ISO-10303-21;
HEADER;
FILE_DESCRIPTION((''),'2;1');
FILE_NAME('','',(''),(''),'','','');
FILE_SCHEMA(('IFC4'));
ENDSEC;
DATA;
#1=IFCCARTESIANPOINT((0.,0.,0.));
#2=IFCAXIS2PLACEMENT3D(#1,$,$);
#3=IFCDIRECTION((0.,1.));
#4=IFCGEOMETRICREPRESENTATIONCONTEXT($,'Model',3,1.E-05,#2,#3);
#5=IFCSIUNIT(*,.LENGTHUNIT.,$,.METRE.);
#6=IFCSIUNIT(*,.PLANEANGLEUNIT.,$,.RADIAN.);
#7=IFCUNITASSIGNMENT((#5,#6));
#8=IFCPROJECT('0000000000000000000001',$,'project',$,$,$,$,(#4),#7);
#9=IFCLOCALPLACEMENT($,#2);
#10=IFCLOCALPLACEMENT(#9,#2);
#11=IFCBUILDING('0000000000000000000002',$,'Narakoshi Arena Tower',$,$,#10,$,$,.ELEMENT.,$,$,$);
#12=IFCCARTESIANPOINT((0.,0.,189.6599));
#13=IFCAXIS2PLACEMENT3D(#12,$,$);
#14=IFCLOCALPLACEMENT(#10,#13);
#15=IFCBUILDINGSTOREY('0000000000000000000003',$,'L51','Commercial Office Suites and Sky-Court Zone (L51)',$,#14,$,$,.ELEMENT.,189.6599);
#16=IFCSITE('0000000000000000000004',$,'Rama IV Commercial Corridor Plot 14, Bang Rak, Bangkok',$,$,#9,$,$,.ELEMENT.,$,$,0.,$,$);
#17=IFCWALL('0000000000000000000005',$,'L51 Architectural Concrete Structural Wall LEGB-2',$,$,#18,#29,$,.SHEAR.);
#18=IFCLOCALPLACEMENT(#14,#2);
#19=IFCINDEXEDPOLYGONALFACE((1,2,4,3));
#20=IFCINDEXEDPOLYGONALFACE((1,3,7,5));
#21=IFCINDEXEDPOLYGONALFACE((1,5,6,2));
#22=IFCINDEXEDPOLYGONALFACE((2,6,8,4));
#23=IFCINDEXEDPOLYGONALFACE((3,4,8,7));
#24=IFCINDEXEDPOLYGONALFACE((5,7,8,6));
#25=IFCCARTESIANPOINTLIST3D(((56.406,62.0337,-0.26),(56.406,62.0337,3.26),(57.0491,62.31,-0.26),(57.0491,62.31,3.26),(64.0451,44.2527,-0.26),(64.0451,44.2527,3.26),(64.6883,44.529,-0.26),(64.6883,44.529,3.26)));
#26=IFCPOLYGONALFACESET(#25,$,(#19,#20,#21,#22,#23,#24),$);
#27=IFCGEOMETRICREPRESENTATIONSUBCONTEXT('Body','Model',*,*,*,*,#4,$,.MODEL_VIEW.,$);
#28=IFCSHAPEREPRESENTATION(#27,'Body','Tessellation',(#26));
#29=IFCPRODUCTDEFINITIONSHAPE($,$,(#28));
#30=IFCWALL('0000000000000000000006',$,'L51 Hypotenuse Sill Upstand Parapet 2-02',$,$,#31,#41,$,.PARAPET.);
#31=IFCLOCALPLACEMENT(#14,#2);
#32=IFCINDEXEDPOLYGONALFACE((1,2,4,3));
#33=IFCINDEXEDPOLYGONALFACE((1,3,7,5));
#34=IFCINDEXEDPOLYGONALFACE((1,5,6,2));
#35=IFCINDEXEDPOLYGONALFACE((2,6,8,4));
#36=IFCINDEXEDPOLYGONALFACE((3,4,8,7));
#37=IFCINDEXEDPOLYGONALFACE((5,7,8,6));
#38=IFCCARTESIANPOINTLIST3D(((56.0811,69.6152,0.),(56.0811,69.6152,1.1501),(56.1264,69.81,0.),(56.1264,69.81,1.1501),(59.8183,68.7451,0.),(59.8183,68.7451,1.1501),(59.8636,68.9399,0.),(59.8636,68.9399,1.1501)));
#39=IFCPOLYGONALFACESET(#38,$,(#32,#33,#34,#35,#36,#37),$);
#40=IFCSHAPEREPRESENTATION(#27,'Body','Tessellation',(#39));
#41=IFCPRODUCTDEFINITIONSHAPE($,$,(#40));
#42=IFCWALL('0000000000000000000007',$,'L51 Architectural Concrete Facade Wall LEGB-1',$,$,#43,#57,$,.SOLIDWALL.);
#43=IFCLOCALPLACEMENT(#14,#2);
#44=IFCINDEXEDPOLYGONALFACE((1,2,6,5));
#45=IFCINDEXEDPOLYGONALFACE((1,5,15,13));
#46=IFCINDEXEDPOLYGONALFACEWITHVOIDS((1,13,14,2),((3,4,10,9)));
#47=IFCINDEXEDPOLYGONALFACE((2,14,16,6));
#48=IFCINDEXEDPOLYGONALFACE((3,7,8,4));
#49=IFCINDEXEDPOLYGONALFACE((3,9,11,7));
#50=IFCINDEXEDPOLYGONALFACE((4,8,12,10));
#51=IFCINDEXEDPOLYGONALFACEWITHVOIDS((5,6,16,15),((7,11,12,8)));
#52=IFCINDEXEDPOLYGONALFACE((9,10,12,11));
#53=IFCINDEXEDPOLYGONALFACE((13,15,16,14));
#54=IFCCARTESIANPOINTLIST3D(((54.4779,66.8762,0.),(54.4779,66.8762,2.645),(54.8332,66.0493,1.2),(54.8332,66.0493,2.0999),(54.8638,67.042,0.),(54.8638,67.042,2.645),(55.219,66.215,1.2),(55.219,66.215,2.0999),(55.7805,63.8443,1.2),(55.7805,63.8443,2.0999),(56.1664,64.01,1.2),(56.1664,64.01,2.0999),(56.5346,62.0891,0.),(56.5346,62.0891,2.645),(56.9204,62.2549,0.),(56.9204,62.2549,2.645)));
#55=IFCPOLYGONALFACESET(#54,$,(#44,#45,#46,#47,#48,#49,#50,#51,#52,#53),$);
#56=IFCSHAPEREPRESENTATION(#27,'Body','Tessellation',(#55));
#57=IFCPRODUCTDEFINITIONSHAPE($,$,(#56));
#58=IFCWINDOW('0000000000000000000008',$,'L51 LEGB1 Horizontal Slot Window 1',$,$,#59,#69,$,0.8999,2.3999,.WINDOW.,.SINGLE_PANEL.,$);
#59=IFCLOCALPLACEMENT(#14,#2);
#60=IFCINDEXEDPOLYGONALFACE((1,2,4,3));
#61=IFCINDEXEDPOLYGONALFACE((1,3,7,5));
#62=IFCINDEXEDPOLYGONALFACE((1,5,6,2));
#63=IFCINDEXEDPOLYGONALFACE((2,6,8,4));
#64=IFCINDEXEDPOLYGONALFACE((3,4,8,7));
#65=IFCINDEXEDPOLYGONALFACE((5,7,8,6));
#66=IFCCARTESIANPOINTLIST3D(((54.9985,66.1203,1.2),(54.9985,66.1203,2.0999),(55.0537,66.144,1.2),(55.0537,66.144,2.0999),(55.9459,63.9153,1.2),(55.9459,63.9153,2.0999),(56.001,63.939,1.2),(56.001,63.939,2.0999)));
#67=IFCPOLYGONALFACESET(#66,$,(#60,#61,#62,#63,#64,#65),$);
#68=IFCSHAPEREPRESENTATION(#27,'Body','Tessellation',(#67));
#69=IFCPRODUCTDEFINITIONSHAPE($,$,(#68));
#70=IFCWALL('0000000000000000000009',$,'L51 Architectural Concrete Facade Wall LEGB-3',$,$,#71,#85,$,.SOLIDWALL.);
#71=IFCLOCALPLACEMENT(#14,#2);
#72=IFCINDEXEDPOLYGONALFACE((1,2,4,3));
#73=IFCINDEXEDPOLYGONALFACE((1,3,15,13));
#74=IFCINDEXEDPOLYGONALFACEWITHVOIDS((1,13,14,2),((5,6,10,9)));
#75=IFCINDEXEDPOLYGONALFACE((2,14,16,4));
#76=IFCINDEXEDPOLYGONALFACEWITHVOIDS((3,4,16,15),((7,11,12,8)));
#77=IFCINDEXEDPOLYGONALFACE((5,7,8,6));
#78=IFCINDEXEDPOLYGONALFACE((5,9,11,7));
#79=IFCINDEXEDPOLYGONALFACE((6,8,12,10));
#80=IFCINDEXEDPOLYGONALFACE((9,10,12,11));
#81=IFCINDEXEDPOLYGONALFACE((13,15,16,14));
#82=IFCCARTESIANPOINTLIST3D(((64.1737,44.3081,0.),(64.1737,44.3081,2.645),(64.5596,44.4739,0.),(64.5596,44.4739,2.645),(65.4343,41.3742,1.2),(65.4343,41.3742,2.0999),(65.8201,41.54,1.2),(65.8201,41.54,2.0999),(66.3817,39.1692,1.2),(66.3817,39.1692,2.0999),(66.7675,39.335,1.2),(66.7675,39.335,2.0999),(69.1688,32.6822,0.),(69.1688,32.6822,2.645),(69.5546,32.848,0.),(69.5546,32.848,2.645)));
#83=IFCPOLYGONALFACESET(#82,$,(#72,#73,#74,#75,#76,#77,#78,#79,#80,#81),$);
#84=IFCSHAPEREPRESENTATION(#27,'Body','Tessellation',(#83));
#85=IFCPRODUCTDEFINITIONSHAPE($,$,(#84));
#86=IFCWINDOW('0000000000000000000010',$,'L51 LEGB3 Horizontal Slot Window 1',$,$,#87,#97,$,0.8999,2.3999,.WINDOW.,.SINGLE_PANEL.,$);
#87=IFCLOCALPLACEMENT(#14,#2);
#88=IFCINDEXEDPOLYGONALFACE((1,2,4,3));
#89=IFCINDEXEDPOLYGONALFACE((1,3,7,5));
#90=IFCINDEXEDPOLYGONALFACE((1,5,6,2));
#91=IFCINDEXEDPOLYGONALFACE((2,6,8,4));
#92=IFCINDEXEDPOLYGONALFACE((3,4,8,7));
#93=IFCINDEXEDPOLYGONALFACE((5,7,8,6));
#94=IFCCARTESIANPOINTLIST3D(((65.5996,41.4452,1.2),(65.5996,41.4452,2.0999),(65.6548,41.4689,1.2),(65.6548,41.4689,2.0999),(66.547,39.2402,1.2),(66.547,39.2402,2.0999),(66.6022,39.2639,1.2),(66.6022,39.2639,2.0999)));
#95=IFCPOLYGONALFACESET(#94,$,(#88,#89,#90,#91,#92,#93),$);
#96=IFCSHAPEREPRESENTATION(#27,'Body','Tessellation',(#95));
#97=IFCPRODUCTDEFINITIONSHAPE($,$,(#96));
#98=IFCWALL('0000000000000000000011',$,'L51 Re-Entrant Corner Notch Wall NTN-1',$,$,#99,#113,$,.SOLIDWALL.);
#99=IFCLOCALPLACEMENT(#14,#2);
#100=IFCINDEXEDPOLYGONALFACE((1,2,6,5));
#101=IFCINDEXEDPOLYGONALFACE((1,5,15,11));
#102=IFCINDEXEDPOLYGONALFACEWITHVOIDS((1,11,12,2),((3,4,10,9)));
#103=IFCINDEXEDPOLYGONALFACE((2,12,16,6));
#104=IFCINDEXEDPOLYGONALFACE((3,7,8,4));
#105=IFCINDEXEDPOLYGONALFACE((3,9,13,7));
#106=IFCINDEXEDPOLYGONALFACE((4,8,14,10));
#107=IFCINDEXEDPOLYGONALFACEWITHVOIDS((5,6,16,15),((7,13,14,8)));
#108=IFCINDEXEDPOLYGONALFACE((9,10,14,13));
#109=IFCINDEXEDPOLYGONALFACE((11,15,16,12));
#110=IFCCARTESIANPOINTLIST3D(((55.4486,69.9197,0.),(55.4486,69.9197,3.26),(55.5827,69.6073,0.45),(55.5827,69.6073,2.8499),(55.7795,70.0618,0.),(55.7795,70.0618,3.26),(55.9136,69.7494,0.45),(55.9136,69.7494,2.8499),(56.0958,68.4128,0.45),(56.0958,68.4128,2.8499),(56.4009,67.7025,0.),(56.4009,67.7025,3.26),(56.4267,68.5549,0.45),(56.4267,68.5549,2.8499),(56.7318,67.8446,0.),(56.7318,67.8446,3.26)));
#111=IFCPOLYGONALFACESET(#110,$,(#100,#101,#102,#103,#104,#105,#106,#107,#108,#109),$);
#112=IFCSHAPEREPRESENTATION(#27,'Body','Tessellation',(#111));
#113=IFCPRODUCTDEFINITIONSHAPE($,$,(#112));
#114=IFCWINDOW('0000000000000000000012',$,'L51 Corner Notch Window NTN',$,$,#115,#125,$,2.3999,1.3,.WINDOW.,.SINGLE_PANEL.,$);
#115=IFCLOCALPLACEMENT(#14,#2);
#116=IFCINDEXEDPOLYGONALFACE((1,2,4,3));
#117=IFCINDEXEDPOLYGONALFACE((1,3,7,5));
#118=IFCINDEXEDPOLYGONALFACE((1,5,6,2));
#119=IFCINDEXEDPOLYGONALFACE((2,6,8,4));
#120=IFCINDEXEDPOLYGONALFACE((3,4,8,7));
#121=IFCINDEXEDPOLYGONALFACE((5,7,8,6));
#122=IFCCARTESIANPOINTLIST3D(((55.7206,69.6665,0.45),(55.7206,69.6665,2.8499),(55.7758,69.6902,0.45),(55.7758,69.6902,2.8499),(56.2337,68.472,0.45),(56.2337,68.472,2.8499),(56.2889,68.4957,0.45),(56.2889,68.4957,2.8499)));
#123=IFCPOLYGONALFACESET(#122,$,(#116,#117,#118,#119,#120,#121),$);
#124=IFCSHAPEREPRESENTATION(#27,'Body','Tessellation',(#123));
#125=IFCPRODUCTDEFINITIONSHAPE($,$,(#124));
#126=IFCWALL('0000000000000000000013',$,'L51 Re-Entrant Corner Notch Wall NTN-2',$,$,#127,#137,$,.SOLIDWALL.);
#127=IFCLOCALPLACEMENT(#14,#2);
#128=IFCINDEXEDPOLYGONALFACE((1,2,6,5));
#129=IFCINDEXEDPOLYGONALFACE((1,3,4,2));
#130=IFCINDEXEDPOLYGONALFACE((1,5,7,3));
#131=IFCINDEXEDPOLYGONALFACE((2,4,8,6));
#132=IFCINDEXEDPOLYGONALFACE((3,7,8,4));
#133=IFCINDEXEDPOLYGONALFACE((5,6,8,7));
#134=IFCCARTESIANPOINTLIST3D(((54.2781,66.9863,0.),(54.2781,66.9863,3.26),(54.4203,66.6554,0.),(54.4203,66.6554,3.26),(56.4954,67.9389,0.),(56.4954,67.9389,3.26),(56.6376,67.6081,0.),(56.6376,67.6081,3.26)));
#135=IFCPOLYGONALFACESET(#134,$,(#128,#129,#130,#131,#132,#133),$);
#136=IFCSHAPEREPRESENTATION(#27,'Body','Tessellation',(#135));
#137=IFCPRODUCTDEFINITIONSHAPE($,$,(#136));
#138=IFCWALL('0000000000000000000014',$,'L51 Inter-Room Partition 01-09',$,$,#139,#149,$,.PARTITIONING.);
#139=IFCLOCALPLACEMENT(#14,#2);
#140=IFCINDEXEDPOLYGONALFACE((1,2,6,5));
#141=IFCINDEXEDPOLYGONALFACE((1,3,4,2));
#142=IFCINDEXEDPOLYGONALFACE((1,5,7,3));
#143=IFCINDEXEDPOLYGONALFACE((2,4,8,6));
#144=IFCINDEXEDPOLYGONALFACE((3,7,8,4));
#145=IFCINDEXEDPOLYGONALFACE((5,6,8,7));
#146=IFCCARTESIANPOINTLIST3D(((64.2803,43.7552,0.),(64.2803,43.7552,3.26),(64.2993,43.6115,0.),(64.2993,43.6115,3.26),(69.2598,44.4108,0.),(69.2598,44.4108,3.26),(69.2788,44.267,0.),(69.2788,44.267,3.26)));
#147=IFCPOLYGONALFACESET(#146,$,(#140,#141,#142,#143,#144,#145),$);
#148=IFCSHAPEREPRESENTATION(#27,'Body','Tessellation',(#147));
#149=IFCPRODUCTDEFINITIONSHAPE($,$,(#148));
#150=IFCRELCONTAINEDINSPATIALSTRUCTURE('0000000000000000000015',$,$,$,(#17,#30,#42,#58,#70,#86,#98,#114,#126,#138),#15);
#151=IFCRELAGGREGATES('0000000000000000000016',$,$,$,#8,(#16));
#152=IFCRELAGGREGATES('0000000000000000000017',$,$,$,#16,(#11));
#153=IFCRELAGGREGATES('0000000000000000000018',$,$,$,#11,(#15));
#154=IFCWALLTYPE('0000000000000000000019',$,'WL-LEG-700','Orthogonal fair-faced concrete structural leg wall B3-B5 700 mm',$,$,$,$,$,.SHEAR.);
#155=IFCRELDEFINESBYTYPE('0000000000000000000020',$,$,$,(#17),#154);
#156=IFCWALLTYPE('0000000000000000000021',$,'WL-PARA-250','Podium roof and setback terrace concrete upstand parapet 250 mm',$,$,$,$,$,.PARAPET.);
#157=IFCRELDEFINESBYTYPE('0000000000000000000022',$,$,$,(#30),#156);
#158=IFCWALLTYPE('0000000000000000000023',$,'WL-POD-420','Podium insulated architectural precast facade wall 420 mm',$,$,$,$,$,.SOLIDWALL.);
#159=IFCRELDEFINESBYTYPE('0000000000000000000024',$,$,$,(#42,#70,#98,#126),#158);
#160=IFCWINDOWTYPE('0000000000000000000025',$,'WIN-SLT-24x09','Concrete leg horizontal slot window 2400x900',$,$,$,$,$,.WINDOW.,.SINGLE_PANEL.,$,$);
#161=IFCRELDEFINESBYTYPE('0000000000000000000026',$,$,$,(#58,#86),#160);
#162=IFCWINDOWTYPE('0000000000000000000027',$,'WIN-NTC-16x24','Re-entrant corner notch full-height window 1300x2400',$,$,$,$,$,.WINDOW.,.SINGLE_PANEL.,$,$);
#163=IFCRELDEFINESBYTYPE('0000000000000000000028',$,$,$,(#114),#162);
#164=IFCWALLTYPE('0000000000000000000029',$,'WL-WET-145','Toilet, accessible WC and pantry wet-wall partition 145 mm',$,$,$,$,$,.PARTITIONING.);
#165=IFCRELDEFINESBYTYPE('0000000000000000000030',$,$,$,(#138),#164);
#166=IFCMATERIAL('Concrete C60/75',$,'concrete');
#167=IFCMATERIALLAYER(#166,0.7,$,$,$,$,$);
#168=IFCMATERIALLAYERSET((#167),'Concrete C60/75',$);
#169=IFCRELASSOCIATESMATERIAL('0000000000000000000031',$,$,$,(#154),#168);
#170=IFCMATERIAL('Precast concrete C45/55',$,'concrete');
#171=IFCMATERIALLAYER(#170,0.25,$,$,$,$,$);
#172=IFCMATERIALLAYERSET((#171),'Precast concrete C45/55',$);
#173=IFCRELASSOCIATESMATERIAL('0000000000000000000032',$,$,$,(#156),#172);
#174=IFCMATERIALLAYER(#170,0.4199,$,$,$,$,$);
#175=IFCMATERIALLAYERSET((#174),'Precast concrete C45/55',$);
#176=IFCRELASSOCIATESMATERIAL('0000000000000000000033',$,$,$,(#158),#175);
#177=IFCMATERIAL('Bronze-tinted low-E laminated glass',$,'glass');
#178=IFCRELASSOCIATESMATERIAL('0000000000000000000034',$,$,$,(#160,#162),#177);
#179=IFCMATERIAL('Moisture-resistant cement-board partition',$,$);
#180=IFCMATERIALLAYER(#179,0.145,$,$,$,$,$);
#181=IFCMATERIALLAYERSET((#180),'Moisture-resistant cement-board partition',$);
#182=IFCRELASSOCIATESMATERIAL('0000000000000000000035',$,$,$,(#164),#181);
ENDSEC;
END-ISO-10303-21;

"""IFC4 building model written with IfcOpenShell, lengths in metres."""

from ifc_helpers import new_model, si_unit, direction, frame, frame_2d, origin, place, context, subcontext, project, spatial, rectangle, extrude, material, layer, layer_set, type_object, element, fill, save


model = new_model("IFC4")

# Units and contexts
model_context = context("Model", 3, precision=1e-05, world=origin(), true_north=direction((0.0, 1.0)))
body_context = subcontext(model_context, "Body", "Model", "MODEL_VIEW")
ifc_project = project(units=[si_unit("LENGTHUNIT", "METRE"), si_unit("PLANEANGLEUNIT", "RADIAN")], contexts=[model_context])

# Site, building, storey
site_placement = place(None, origin())
site = spatial("IfcSite", under=ifc_project, at=site_placement, Name="Rama IV Commercial Corridor Plot 14, Bang Rak, Bangkok", CompositionType="ELEMENT", RefElevation=0.0)
building_placement = place(site_placement, origin())
building = spatial("IfcBuilding", under=site, at=building_placement, Name="Narakoshi Arena Tower", CompositionType="ELEMENT")
storey_placement = place(building_placement, frame((0.0, 0.0, 189.6599)))
storey = spatial("IfcBuildingStorey", under=building, at=storey_placement, Name="L51", Description="Commercial Office Suites and Sky-Court Zone (L51)", CompositionType="ELEMENT", Elevation=189.6599)

# Shared definitions
ifc_material_1 = material(Name="Bronze-tinted low-E laminated glass", Category="glass")

# Walls
ifc_material_2 = material(Name="Concrete C60/75", Category="concrete")
ifc_layer_1 = layer(ifc_material_2, 0.7)
ifc_layer_set_1 = layer_set([ifc_layer_1], Name="Concrete C60/75")
wall_type_1 = type_object("IfcWallType", Name="WL-LEG-700", Description="Orthogonal fair-faced concrete structural leg wall B3-B5 700 mm", PredefinedType="SHEAR", material=ifc_layer_set_1)
wall_1_placement = place(storey_placement, frame((56.7275, 62.1719, -0.26), z_axis=(0.0, 0.0, 1.0), x_axis=(0.394737, -0.918794, 0.0)))
element("IfcWall", 1, at=wall_1_placement, inside=storey, type_object=wall_type_1, Name="L51 Architectural Concrete Structural Wall LEGB-2", PredefinedType="SHEAR", context=body_context, shape_type="SweptSolid", body=[
    extrude(rectangle(XDim=19.3525, YDim=0.7, at=frame_2d((9.6763, 0.0))), origin(), (0.0, 0.0, 1.0), 3.52),
])
ifc_material_3 = material(Name="Precast concrete C45/55", Category="concrete")
ifc_layer_2 = layer(ifc_material_3, 0.25)
ifc_layer_set_2 = layer_set([ifc_layer_2], Name="Precast concrete C45/55")
wall_type_2 = type_object("IfcWallType", Name="WL-PARA-250", Description="Podium roof and setback terrace concrete upstand parapet 250 mm", PredefinedType="PARAPET", material=ifc_layer_set_2)
wall_2_placement = place(storey_placement, frame((59.8408, 68.8425, 0.0), z_axis=(0.0, 0.0, 1.0), x_axis=(-0.973952, 0.226755, 0.0)))
element("IfcWall", 2, at=wall_2_placement, inside=storey, type_object=wall_type_2, Name="L51 Hypotenuse Sill Upstand Parapet 2-02", PredefinedType="PARAPET", context=body_context, shape_type="SweptSolid", body=[
    extrude(rectangle(XDim=3.8372, YDim=0.2, at=frame_2d((1.9185, 0.0))), origin(), (0.0, 0.0, 1.0), 1.1501),
])

# Walls, openings, windows
ifc_layer_3 = layer(ifc_material_3, 0.4199)
ifc_layer_set_3 = layer_set([ifc_layer_3], Name="Precast concrete C45/55")
wall_type_3 = type_object("IfcWallType", Name="WL-POD-420", Description="Podium insulated architectural precast facade wall 420 mm", PredefinedType="SOLIDWALL", material=ifc_layer_set_3)
wall_3_placement = place(storey_placement, frame((54.6709, 66.959, 0.0), z_axis=(0.0, 0.0, 1.0), x_axis=(0.394734, -0.918796, 0.0)))
wall_3 = element("IfcWall", 3, at=wall_3_placement, inside=storey, type_object=wall_type_3, Name="L51 Architectural Concrete Facade Wall LEGB-1", PredefinedType="SOLIDWALL", context=body_context, shape_type="SweptSolid", body=[
    extrude(rectangle(XDim=5.2102, YDim=0.4199, at=frame_2d((2.605, 0.0))), origin(), (0.0, 0.0, 1.0), 2.645),
])
opening_1_placement = place(wall_3_placement, frame((0.8999, 0.0, 1.2)))
opening_1 = element("IfcOpeningElement", 4, at=opening_1_placement, cuts=wall_3, PredefinedType="OPENING", context=body_context, shape_type="SweptSolid", body=[
    extrude(rectangle(XDim=2.3999, YDim=0.8999, at=frame_2d((1.2, 0.45))), frame((0.0, 0.22, 0.0), z_axis=(0.0, -1.0, 0.0), x_axis=(1.0, 0.0, 0.0)), (0.0, 0.0, 1.0), 0.4399),
])
window_type_1 = type_object("IfcWindowType", Name="WIN-SLT-24x09", Description="Concrete leg horizontal slot window 2400x900", PartitioningType="SINGLE_PANEL", PredefinedType="WINDOW", material=ifc_material_1)
window_1_placement = place(opening_1_placement, origin())
window_1 = element("IfcWindow", 5, at=window_1_placement, inside=storey, type_object=window_type_1, Name="L51 LEGB1 Horizontal Slot Window 1", OverallHeight=0.8999, OverallWidth=2.3999, PartitioningType="SINGLE_PANEL", PredefinedType="WINDOW", context=body_context, shape_type="SweptSolid", body=[
    extrude(rectangle(XDim=2.3999, YDim=0.8999, at=frame_2d((1.2, 0.45))), frame((0.0, 0.03, 0.0), z_axis=(0.0, -1.0, 0.0), x_axis=(1.0, 0.0, 0.0)), (0.0, 0.0, 1.0), 0.0601),
])
fill(opening_1, window_1)
wall_4_placement = place(storey_placement, frame((64.3667, 44.3909, 0.0), z_axis=(0.0, 0.0, 1.0), x_axis=(0.394757, -0.918785, 0.0)))
wall_4 = element("IfcWall", 6, at=wall_4_placement, inside=storey, type_object=wall_type_3, Name="L51 Architectural Concrete Facade Wall LEGB-3", PredefinedType="SOLIDWALL", context=body_context, shape_type="SweptSolid", body=[
    extrude(rectangle(XDim=12.6536, YDim=0.4199, at=frame_2d((6.3267, 0.0))), origin(), (0.0, 0.0, 1.0), 2.645),
])
opening_2_placement = place(wall_4_placement, frame((3.1931, 0.0, 1.2)))
opening_2 = element("IfcOpeningElement", 7, at=opening_2_placement, cuts=wall_4, PredefinedType="OPENING", context=body_context, shape_type="SweptSolid", body=[
    extrude(rectangle(XDim=2.3999, YDim=0.8999, at=frame_2d((1.2, 0.45))), frame((0.0, 0.22, 0.0), z_axis=(0.0, -1.0, 0.0), x_axis=(1.0, 0.0, 0.0)), (0.0, 0.0, 1.0), 0.4399),
])
window_2_placement = place(opening_2_placement, origin())
window_2 = element("IfcWindow", 8, at=window_2_placement, inside=storey, type_object=window_type_1, Name="L51 LEGB3 Horizontal Slot Window 1", OverallHeight=0.8999, OverallWidth=2.3999, PartitioningType="SINGLE_PANEL", PredefinedType="WINDOW", context=body_context, shape_type="SweptSolid", body=[
    extrude(rectangle(XDim=2.3999, YDim=0.8999, at=frame_2d((1.2, 0.45))), frame((0.0, 0.03, 0.0), z_axis=(0.0, -1.0, 0.0), x_axis=(1.0, 0.0, 0.0)), (0.0, 0.0, 1.0), 0.0601),
])
fill(opening_2, window_2)
wall_5_placement = place(storey_placement, frame((55.614, 69.9907, 0.0), z_axis=(0.0, 0.0, 1.0), x_axis=(0.394664, -0.918826, 0.0)))
wall_5 = element("IfcWall", 9, at=wall_5_placement, inside=storey, type_object=wall_type_3, Name="L51 Re-Entrant Corner Notch Wall NTN-1", PredefinedType="SOLIDWALL", context=body_context, shape_type="SweptSolid", body=[
    extrude(rectangle(XDim=2.4131, YDim=0.3601, at=frame_2d((1.2065, 0.0))), origin(), (0.0, 0.0, 1.0), 3.26),
])
opening_3_placement = place(wall_5_placement, frame((0.3401, 0.0, 0.45)))
opening_3 = element("IfcOpeningElement", 10, at=opening_3_placement, cuts=wall_5, PredefinedType="OPENING", context=body_context, shape_type="SweptSolid", body=[
    extrude(rectangle(XDim=1.3, YDim=2.3999, at=frame_2d((0.6499, 1.2))), frame((0.0, 0.1899, 0.0), z_axis=(0.0, -1.0, 0.0), x_axis=(1.0, 0.0, 0.0)), (0.0, 0.0, 1.0), 0.3801),
])
window_type_2 = type_object("IfcWindowType", Name="WIN-NTC-16x24", Description="Re-entrant corner notch full-height window 1300x2400", PartitioningType="SINGLE_PANEL", PredefinedType="WINDOW", material=ifc_material_1)
window_3_placement = place(opening_3_placement, origin())
window_3 = element("IfcWindow", 11, at=window_3_placement, inside=storey, type_object=window_type_2, Name="L51 Corner Notch Window NTN", OverallHeight=2.3999, OverallWidth=1.3, PartitioningType="SINGLE_PANEL", PredefinedType="WINDOW", context=body_context, shape_type="SweptSolid", body=[
    extrude(rectangle(XDim=1.3, YDim=2.3999, at=frame_2d((0.6499, 1.2))), frame((0.0, 0.03, 0.0), z_axis=(0.0, -1.0, 0.0), x_axis=(1.0, 0.0, 0.0)), (0.0, 0.0, 1.0), 0.0601),
])
fill(opening_3, window_3)

# Walls
wall_6_placement = place(storey_placement, frame((56.5664, 67.7734, 0.0), z_axis=(0.0, 0.0, 1.0), x_axis=(-0.918789, -0.394749, 0.0)))
element("IfcWall", 12, at=wall_6_placement, inside=storey, type_object=wall_type_3, Name="L51 Re-Entrant Corner Notch Wall NTN-2", PredefinedType="SOLIDWALL", context=body_context, shape_type="SweptSolid", body=[
    extrude(rectangle(XDim=2.4133, YDim=0.3601, at=frame_2d((1.2065, 0.0))), origin(), (0.0, 0.0, 1.0), 3.26),
])
ifc_material_4 = material(Name="Moisture-resistant cement-board partition")
ifc_layer_4 = layer(ifc_material_4, 0.145)
ifc_layer_set_4 = layer_set([ifc_layer_4], Name="Moisture-resistant cement-board partition")
wall_type_4 = type_object("IfcWallType", Name="WL-WET-145", Description="Toilet, accessible WC and pantry wet-wall partition 145 mm", PredefinedType="PARTITIONING", material=ifc_layer_set_4)
wall_7_placement = place(storey_placement, frame((64.2898, 43.6833, 0.0), z_axis=(0.0, 0.0, 1.0), x_axis=(0.991446, 0.130517, 0.0)))
element("IfcWall", 13, at=wall_7_placement, inside=storey, type_object=wall_type_4, Name="L51 Inter-Room Partition 01-09", PredefinedType="PARTITIONING", context=body_context, shape_type="SweptSolid", body=[
    extrude(rectangle(XDim=5.0225, YDim=0.145, at=frame_2d((2.5112, 0.0))), origin(), (0.0, 0.0, 1.0), 3.26),
])

save(model, "model.ifc")
